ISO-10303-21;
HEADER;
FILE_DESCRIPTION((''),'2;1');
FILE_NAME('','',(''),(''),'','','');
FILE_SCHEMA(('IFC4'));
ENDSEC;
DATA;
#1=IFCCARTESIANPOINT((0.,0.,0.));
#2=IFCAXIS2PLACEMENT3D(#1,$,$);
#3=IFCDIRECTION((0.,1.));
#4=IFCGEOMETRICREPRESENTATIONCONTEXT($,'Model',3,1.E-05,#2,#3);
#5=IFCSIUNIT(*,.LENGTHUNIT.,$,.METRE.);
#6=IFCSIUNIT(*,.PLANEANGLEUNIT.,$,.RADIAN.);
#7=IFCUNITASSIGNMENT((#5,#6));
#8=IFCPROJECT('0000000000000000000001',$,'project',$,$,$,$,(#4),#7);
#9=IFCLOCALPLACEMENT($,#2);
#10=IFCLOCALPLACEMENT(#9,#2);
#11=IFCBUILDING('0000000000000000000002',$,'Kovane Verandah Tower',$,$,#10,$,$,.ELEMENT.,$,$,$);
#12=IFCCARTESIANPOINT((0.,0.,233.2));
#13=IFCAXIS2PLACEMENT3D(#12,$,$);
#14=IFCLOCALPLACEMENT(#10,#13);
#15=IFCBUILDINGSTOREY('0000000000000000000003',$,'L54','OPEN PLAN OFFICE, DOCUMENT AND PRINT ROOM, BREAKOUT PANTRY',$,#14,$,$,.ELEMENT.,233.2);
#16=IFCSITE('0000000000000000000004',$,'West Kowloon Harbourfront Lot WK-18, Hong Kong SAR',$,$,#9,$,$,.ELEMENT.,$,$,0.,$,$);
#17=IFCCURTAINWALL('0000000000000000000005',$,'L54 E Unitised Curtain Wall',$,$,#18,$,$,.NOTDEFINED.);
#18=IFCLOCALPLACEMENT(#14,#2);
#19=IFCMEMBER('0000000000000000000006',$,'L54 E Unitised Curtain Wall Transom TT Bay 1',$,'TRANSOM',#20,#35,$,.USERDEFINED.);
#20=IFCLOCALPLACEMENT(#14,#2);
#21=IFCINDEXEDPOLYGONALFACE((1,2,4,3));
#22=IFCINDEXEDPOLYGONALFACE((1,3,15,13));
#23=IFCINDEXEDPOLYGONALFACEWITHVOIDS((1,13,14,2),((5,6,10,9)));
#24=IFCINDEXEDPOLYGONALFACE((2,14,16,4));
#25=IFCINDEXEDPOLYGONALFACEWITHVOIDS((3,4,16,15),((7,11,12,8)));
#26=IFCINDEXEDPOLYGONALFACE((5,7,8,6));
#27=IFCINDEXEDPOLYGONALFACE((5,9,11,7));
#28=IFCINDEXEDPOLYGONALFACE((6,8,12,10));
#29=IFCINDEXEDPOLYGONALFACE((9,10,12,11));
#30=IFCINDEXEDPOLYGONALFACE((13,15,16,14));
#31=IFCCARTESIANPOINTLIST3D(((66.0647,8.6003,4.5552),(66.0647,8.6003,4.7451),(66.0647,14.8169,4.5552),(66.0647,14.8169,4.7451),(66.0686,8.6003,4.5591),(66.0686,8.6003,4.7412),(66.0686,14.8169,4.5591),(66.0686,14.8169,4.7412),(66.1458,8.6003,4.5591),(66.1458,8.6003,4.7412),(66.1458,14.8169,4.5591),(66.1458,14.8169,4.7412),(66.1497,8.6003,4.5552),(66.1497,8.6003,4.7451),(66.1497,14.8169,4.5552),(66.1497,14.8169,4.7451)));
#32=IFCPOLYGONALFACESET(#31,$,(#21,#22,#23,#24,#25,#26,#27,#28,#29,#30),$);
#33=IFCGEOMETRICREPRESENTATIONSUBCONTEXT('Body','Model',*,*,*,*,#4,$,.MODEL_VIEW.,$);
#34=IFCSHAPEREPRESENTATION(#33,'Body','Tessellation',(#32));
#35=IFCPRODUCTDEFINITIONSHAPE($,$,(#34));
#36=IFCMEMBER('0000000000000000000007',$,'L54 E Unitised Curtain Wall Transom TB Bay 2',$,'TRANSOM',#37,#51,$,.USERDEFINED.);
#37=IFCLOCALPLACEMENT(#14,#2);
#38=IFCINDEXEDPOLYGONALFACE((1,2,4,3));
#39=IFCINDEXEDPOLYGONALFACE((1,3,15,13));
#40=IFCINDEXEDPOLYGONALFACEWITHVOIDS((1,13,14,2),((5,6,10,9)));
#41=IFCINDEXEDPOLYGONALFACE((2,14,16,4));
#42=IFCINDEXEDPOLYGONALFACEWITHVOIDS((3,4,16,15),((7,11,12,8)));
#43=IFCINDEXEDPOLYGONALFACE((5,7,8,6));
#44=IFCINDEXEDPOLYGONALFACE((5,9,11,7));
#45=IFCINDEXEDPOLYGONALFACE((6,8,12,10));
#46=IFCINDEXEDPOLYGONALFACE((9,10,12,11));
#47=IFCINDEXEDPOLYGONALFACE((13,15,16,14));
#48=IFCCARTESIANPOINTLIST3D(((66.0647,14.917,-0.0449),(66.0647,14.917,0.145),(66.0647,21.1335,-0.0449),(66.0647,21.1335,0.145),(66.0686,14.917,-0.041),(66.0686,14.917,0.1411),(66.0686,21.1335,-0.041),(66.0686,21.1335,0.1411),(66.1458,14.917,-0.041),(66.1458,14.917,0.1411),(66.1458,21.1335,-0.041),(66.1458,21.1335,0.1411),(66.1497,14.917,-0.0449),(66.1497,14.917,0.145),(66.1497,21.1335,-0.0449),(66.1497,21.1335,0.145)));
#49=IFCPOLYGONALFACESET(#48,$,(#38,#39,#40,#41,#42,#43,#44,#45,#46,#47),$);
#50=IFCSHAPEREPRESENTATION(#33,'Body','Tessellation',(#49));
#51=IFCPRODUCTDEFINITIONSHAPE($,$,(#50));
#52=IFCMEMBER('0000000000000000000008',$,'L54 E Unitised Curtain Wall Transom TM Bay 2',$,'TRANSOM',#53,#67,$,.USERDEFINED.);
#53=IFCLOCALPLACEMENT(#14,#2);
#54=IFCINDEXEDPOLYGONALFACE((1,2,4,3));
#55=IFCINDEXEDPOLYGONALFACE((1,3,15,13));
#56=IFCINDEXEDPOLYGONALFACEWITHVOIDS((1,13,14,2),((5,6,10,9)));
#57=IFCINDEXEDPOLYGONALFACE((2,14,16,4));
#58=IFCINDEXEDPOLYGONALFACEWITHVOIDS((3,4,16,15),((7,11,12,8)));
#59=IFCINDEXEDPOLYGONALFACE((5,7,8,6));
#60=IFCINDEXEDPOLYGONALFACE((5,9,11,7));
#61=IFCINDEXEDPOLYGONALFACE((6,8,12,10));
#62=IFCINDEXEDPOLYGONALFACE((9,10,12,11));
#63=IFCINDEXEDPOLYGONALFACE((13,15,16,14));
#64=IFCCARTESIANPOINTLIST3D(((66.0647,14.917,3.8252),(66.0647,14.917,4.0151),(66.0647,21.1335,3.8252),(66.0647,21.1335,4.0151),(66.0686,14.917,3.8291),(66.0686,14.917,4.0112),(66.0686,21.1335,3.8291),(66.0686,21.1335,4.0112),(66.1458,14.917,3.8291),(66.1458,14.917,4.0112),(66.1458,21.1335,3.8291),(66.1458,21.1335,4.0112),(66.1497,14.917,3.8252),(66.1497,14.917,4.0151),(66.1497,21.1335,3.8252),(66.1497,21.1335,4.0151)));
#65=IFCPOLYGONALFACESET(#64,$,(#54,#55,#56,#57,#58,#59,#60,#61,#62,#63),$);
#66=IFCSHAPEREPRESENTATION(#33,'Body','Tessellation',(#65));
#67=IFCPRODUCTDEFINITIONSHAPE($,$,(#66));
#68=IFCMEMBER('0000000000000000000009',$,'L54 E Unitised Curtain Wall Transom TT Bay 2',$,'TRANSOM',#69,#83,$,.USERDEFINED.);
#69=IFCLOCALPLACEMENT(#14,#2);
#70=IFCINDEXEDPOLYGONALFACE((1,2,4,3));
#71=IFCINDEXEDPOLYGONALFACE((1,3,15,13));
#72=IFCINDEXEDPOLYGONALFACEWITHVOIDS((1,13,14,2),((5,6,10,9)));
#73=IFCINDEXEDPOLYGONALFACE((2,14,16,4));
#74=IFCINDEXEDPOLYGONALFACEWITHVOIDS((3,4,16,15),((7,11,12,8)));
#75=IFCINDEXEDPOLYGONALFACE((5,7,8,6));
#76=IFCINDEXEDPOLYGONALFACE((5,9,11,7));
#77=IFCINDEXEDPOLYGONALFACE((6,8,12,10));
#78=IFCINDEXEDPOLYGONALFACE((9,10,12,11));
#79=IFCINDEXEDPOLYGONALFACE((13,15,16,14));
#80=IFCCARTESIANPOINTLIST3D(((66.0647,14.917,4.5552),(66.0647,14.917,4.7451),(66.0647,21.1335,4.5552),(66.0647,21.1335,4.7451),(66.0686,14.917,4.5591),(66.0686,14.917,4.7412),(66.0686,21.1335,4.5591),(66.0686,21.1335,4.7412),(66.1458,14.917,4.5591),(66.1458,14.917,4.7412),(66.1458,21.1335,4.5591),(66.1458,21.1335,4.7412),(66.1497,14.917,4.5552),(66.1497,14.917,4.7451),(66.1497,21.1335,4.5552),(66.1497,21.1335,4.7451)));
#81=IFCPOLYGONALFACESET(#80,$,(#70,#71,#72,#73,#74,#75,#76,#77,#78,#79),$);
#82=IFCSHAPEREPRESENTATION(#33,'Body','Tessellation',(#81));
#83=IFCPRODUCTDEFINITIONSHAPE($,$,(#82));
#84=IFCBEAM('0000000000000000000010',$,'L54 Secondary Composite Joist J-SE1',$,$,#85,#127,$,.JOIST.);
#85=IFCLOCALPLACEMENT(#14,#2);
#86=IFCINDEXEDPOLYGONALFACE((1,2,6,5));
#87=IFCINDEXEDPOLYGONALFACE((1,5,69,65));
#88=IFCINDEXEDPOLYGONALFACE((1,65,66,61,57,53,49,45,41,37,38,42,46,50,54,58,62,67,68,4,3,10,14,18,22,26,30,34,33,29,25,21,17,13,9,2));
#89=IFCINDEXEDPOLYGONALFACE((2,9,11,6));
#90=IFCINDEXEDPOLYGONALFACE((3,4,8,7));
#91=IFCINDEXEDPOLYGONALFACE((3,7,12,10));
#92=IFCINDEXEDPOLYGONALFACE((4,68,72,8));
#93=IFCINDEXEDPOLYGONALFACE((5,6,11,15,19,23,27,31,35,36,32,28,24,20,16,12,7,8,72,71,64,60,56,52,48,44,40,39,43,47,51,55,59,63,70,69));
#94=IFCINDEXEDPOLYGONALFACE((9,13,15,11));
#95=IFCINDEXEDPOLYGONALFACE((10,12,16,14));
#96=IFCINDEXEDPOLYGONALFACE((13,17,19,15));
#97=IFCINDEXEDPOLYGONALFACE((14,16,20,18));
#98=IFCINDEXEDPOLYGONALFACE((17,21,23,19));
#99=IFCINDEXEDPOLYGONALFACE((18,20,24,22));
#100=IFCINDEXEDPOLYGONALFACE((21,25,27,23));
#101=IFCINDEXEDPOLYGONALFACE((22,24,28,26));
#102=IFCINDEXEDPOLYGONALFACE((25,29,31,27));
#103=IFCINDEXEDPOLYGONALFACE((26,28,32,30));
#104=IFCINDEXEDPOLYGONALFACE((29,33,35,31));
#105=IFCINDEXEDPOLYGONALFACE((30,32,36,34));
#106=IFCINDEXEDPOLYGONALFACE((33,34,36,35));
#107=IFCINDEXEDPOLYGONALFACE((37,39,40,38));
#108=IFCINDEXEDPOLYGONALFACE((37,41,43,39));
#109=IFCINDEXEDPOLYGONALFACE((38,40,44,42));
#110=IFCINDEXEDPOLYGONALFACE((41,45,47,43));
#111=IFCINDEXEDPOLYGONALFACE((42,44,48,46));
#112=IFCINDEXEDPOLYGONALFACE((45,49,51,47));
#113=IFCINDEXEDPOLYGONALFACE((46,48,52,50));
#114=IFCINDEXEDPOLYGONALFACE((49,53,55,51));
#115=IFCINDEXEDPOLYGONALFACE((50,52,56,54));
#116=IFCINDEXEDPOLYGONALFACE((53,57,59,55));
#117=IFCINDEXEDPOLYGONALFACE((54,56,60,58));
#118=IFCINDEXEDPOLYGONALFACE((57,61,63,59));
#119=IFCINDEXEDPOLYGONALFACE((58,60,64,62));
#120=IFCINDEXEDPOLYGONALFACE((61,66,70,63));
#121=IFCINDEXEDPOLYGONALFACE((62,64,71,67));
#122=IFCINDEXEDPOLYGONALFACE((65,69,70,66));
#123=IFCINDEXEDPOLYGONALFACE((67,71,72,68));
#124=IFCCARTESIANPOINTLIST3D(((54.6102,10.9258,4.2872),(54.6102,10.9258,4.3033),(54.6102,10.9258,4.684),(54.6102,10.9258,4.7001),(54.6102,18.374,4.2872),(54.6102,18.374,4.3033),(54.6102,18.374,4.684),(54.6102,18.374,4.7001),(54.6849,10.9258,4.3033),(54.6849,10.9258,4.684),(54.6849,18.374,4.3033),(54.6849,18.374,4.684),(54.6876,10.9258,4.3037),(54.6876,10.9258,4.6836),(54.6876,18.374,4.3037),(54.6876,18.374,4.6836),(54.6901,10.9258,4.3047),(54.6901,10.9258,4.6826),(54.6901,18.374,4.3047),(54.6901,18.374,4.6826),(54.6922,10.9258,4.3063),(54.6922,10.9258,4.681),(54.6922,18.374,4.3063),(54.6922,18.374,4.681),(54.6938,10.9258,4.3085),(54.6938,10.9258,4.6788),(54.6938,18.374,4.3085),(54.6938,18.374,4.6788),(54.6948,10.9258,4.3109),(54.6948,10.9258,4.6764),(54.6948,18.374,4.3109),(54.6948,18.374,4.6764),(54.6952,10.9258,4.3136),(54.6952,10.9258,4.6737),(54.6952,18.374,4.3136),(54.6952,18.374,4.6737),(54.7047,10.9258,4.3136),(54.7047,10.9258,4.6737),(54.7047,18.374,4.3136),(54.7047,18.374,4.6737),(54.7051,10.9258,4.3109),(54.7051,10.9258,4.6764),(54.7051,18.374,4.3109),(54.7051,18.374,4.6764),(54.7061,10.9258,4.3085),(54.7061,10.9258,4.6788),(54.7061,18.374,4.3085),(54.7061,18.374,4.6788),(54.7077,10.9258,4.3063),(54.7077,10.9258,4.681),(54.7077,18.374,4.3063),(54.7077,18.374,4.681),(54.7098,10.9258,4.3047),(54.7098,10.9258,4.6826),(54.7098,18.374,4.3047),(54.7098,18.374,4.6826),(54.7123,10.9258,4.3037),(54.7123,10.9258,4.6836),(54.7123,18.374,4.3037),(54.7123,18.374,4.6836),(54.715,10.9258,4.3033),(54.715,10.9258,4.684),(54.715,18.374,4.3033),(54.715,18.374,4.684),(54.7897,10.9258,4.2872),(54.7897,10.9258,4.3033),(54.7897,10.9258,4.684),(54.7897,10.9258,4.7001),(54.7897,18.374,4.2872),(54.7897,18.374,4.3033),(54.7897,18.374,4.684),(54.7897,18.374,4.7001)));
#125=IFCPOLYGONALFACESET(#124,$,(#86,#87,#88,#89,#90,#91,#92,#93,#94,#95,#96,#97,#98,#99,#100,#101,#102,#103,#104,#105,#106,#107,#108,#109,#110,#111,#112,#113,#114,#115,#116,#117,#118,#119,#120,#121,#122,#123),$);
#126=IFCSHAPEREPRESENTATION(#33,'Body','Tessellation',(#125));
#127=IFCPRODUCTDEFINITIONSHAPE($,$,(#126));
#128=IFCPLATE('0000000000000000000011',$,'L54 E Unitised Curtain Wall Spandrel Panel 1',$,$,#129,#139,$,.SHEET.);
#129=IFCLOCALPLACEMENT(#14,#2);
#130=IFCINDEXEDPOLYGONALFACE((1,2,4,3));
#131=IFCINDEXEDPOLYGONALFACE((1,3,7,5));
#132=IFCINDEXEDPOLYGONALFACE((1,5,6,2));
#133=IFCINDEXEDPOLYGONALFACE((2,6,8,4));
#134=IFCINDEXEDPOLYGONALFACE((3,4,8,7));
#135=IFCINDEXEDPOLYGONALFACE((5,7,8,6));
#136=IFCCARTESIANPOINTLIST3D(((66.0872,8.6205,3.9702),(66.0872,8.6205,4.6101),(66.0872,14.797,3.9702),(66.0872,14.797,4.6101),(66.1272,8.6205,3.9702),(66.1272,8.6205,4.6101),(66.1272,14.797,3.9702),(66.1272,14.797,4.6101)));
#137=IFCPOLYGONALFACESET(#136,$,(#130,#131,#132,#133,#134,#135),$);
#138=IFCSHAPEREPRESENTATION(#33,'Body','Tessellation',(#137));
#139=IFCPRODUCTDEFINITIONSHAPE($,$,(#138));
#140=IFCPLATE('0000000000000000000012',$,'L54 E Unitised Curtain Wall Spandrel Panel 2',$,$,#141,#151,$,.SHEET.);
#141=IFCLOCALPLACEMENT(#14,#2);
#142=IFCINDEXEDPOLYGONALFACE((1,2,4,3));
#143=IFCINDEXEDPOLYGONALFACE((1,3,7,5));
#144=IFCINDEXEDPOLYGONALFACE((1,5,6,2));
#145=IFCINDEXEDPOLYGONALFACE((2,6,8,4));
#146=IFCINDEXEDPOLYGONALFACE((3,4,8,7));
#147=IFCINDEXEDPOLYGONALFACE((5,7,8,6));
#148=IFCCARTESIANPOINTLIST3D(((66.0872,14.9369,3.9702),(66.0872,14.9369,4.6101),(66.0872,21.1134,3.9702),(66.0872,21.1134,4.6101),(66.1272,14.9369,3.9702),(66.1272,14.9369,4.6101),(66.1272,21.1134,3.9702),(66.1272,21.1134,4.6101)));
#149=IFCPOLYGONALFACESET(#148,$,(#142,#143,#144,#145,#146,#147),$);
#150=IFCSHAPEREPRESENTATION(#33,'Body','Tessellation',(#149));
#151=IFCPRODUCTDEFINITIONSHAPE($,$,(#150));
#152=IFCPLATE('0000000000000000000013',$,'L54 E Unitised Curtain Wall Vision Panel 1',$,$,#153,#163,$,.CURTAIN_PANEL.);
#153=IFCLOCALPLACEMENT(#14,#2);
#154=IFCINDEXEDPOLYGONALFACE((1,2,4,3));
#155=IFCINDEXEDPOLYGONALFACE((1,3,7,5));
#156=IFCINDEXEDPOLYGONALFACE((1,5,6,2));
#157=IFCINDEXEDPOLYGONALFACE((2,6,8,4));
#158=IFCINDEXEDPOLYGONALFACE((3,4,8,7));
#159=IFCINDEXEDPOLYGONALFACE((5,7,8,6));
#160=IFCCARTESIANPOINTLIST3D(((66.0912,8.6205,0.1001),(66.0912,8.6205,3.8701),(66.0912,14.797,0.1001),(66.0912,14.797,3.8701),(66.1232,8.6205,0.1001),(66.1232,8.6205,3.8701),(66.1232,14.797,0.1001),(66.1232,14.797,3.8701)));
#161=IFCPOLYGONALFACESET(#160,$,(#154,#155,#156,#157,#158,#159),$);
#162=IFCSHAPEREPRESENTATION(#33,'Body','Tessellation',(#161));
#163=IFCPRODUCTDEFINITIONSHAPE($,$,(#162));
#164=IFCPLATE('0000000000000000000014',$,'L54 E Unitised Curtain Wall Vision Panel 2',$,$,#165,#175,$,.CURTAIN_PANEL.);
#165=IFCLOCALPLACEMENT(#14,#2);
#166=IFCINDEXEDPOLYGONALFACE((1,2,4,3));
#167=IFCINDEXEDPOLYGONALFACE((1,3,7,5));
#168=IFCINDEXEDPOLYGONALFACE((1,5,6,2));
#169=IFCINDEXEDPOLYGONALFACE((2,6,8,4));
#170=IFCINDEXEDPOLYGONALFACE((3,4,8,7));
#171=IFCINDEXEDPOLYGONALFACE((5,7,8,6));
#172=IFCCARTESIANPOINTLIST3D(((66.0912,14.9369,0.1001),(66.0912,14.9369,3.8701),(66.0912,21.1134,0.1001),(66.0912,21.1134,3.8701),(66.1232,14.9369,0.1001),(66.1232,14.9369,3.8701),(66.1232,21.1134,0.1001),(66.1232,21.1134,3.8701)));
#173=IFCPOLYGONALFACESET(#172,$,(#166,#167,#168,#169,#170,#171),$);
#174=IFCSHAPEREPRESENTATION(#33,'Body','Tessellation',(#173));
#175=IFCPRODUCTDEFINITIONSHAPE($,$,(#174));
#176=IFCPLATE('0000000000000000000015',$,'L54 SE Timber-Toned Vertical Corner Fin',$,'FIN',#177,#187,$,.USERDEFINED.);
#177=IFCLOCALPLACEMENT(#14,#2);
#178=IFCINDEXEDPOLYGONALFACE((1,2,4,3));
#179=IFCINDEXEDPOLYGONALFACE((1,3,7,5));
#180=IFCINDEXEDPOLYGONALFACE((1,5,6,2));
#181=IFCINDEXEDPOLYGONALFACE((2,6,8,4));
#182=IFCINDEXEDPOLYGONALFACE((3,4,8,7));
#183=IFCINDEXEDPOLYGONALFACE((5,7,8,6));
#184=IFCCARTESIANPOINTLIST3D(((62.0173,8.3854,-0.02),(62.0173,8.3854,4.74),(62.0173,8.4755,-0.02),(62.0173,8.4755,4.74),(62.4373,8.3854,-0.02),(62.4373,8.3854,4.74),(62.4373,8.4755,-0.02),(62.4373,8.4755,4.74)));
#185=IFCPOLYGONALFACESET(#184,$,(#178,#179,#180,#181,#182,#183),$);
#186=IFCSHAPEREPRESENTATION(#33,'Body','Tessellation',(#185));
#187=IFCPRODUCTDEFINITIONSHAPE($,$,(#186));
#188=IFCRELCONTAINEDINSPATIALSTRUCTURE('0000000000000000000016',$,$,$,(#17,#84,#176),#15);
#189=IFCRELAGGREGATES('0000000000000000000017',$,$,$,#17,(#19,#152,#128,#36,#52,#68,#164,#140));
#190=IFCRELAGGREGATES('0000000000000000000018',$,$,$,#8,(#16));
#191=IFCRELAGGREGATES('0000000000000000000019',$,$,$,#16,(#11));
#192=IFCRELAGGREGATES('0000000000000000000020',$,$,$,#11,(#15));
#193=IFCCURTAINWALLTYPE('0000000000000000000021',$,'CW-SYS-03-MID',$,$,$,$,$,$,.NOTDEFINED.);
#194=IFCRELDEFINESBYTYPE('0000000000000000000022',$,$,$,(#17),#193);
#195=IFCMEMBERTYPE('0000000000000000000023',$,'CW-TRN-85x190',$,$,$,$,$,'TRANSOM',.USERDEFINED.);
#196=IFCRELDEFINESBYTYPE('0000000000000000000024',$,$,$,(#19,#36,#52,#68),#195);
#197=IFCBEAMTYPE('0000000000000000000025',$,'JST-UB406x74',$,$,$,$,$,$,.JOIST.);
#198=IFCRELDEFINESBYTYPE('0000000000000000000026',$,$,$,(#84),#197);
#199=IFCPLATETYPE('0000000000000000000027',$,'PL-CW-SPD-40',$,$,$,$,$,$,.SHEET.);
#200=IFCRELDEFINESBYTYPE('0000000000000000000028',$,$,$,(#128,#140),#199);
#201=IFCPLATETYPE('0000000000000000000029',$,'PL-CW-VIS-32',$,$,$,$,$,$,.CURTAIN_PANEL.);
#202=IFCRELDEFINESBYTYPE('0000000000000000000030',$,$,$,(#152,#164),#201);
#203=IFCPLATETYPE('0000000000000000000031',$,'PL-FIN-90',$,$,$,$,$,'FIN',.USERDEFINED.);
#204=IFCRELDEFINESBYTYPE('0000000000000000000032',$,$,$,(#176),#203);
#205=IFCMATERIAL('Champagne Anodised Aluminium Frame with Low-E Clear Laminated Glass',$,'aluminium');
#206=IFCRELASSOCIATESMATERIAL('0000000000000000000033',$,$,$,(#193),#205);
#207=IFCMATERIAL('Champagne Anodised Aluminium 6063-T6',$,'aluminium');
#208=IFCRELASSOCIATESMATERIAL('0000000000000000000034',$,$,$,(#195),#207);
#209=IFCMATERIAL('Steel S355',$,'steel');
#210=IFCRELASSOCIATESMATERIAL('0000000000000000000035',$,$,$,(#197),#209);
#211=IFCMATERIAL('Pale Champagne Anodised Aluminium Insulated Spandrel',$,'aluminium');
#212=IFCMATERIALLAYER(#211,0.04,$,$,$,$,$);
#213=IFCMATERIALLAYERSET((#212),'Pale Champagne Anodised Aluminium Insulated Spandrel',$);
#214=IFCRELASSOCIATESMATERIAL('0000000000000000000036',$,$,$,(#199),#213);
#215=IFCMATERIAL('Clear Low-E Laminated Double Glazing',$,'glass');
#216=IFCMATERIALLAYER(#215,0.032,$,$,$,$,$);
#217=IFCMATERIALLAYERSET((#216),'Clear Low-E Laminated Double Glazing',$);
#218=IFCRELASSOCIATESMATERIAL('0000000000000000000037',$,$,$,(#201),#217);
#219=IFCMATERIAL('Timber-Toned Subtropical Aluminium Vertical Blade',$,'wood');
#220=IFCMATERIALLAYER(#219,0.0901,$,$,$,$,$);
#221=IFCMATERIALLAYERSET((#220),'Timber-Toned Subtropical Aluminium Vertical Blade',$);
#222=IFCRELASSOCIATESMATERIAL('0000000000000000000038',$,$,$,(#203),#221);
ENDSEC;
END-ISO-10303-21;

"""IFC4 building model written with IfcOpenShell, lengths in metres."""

from ifc_helpers import new_model, si_unit, direction, frame, origin, origin_2d, place, context, subcontext, project, spatial, rectangle, hollow_rectangle, i_section, extrude, material, layer, layer_set, material_profile, profile_set, type_object, element, aggregate, save


model = new_model("IFC4")

# Units and contexts
model_context = context("Model", 3, precision=1e-05, world=origin(), true_north=direction((0.0, 1.0)))
body_context = subcontext(model_context, "Body", "Model", "MODEL_VIEW")
ifc_project = project(units=[si_unit("LENGTHUNIT", "METRE"), si_unit("PLANEANGLEUNIT", "RADIAN")], contexts=[model_context])

# Site, building, storey
site_placement = place(None, origin())
site = spatial("IfcSite", under=ifc_project, at=site_placement, Name="West Kowloon Harbourfront Lot WK-18, Hong Kong SAR", CompositionType="ELEMENT", RefElevation=0.0)
building_placement = place(site_placement, origin())
building = spatial("IfcBuilding", under=site, at=building_placement, Name="Kovane Verandah Tower", CompositionType="ELEMENT")
storey_placement = place(building_placement, frame((0.0, 0.0, 233.2)))
storey = spatial("IfcBuildingStorey", under=building, at=storey_placement, Name="L54", Description="OPEN PLAN OFFICE, DOCUMENT AND PRINT ROOM, BREAKOUT PANTRY", CompositionType="ELEMENT", Elevation=233.2)

# Shared definitions
ifc_material_1 = material(Name="Steel S355", Category="steel")

# Curtain wall, members
ifc_material_2 = material(Name="Champagne Anodised Aluminium Frame with Low-E Clear Laminated Glass", Category="aluminium")
curtain_wall_type = type_object("IfcCurtainWallType", Name="CW-SYS-03-MID", PredefinedType="NOTDEFINED", material=ifc_material_2)
curtain_wall_placement = place(storey_placement, origin())
curtain_wall = element("IfcCurtainWall", 1, at=curtain_wall_placement, inside=storey, type_object=curtain_wall_type, Name="L54 E Unitised Curtain Wall", PredefinedType="NOTDEFINED")
ifc_material_3 = material(Name="Champagne Anodised Aluminium 6063-T6", Category="aluminium")
ifc_material_profile_1 = material_profile(ifc_material_3, hollow_rectangle(XDim=0.085, YDim=0.1899, WallThickness=0.0039, at=origin_2d()), Name="AL85x190x4")
ifc_profile_set_1 = profile_set([ifc_material_profile_1], Name="Champagne Anodised Aluminium 6063-T6")
member_type_1 = type_object("IfcMemberType", Name="CW-TRN-85x190", ElementType="TRANSOM", PredefinedType="USERDEFINED", material=ifc_profile_set_1)
member_1_placement = place(storey_placement, frame((66.1072, 8.6003, 4.6501), z_axis=(0.0, 1.0, 0.0), x_axis=(-1.0, 0.0, 0.0)))
member_1 = element("IfcMember", 2, at=member_1_placement, type_object=member_type_1, Name="L54 E Unitised Curtain Wall Transom TT Bay 1", ObjectType="TRANSOM", PredefinedType="USERDEFINED", context=body_context, shape_type="SweptSolid", body=[
    extrude(hollow_rectangle(XDim=0.085, YDim=0.1899, WallThickness=0.0039, at=origin_2d()), origin(), (0.0, 0.0, 1.0), 6.2166),
])
member_2_placement = place(storey_placement, frame((66.1072, 14.917, 0.05), z_axis=(0.0, 1.0, 0.0), x_axis=(-1.0, 0.0, 0.0)))
member_2 = element("IfcMember", 3, at=member_2_placement, type_object=member_type_1, Name="L54 E Unitised Curtain Wall Transom TB Bay 2", ObjectType="TRANSOM", PredefinedType="USERDEFINED", context=body_context, shape_type="SweptSolid", body=[
    extrude(hollow_rectangle(XDim=0.085, YDim=0.1899, WallThickness=0.0039, at=origin_2d()), origin(), (0.0, 0.0, 1.0), 6.2166),
])
member_3_placement = place(storey_placement, frame((66.1072, 14.917, 3.9202), z_axis=(0.0, 1.0, 0.0), x_axis=(-1.0, 0.0, 0.0)))
member_3 = element("IfcMember", 4, at=member_3_placement, type_object=member_type_1, Name="L54 E Unitised Curtain Wall Transom TM Bay 2", ObjectType="TRANSOM", PredefinedType="USERDEFINED", context=body_context, shape_type="SweptSolid", body=[
    extrude(hollow_rectangle(XDim=0.085, YDim=0.1899, WallThickness=0.0039, at=origin_2d()), origin(), (0.0, 0.0, 1.0), 6.2166),
])
member_4_placement = place(storey_placement, frame((66.1072, 14.917, 4.6501), z_axis=(0.0, 1.0, 0.0), x_axis=(-1.0, 0.0, 0.0)))
member_4 = element("IfcMember", 5, at=member_4_placement, type_object=member_type_1, Name="L54 E Unitised Curtain Wall Transom TT Bay 2", ObjectType="TRANSOM", PredefinedType="USERDEFINED", context=body_context, shape_type="SweptSolid", body=[
    extrude(hollow_rectangle(XDim=0.085, YDim=0.1899, WallThickness=0.0039, at=origin_2d()), origin(), (0.0, 0.0, 1.0), 6.2166),
])

# Beam
ifc_material_profile_2 = material_profile(ifc_material_1, i_section(OverallWidth=0.1794, OverallDepth=0.4128, WebThickness=0.0095, FlangeThickness=0.0161, FilletRadius=0.0103, at=origin_2d()), Name="UB406x178x74")
ifc_profile_set_2 = profile_set([ifc_material_profile_2], Name="Steel S355")
beam_type_1 = type_object("IfcBeamType", Name="JST-UB406x74", PredefinedType="JOIST", material=ifc_profile_set_2)
beam_1_placement = place(storey_placement, frame((54.7, 10.9258, 4.4937), z_axis=(0.0, 1.0, 0.0), x_axis=(-1.0, 0.0, 0.0)))
element("IfcBeam", 6, at=beam_1_placement, inside=storey, type_object=beam_type_1, Name="L54 Secondary Composite Joist J-SE1", PredefinedType="JOIST", context=body_context, shape_type="SweptSolid", body=[
    extrude(i_section(OverallWidth=0.1794, OverallDepth=0.4128, WebThickness=0.0095, FlangeThickness=0.0161, FilletRadius=0.0103, at=origin_2d()), origin(), (0.0, 0.0, 1.0), 7.4482),
])

# Plates
ifc_material_4 = material(Name="Pale Champagne Anodised Aluminium Insulated Spandrel", Category="aluminium")
ifc_layer_1 = layer(ifc_material_4, 0.04)
ifc_layer_set_1 = layer_set([ifc_layer_1], Name="Pale Champagne Anodised Aluminium Insulated Spandrel")
plate_type_1 = type_object("IfcPlateType", Name="PL-CW-SPD-40", PredefinedType="SHEET", material=ifc_layer_set_1)
plate_1_placement = place(storey_placement, frame((66.1072, 11.7087, 3.9702), z_axis=(0.0, 0.0, 1.0), x_axis=(0.0, 1.0, 0.0)))
plate_1 = element("IfcPlate", 7, at=plate_1_placement, type_object=plate_type_1, Name="L54 E Unitised Curtain Wall Spandrel Panel 1", PredefinedType="SHEET", context=body_context, shape_type="SweptSolid", body=[
    extrude(rectangle(XDim=6.1765, YDim=0.04, at=origin_2d()), origin(), (0.0, 0.0, 1.0), 0.6399),
])
plate_2_placement = place(storey_placement, frame((66.1072, 18.0251, 3.9702), z_axis=(0.0, 0.0, 1.0), x_axis=(0.0, 1.0, 0.0)))
plate_2 = element("IfcPlate", 8, at=plate_2_placement, type_object=plate_type_1, Name="L54 E Unitised Curtain Wall Spandrel Panel 2", PredefinedType="SHEET", context=body_context, shape_type="SweptSolid", body=[
    extrude(rectangle(XDim=6.1765, YDim=0.04, at=origin_2d()), origin(), (0.0, 0.0, 1.0), 0.6399),
])
ifc_material_5 = material(Name="Clear Low-E Laminated Double Glazing", Category="glass")
ifc_layer_2 = layer(ifc_material_5, 0.032)
ifc_layer_set_2 = layer_set([ifc_layer_2], Name="Clear Low-E Laminated Double Glazing")
plate_type_2 = type_object("IfcPlateType", Name="PL-CW-VIS-32", PredefinedType="CURTAIN_PANEL", material=ifc_layer_set_2)
plate_3_placement = place(storey_placement, frame((66.1072, 11.7087, 0.1001), z_axis=(0.0, 0.0, 1.0), x_axis=(0.0, 1.0, 0.0)))
plate_3 = element("IfcPlate", 9, at=plate_3_placement, type_object=plate_type_2, Name="L54 E Unitised Curtain Wall Vision Panel 1", PredefinedType="CURTAIN_PANEL", context=body_context, shape_type="SweptSolid", body=[
    extrude(rectangle(XDim=6.1765, YDim=0.032, at=origin_2d()), origin(), (0.0, 0.0, 1.0), 3.77),
])
plate_4_placement = place(storey_placement, frame((66.1072, 18.0251, 0.1001), z_axis=(0.0, 0.0, 1.0), x_axis=(0.0, 1.0, 0.0)))
plate_4 = element("IfcPlate", 10, at=plate_4_placement, type_object=plate_type_2, Name="L54 E Unitised Curtain Wall Vision Panel 2", PredefinedType="CURTAIN_PANEL", context=body_context, shape_type="SweptSolid", body=[
    extrude(rectangle(XDim=6.1765, YDim=0.032, at=origin_2d()), origin(), (0.0, 0.0, 1.0), 3.77),
])
aggregate(curtain_wall, [member_1, plate_3, plate_1, member_2, member_3, member_4, plate_4, plate_2])
ifc_material_6 = material(Name="Timber-Toned Subtropical Aluminium Vertical Blade", Category="wood")
ifc_layer_3 = layer(ifc_material_6, 0.0901)
ifc_layer_set_3 = layer_set([ifc_layer_3], Name="Timber-Toned Subtropical Aluminium Vertical Blade")
plate_type_3 = type_object("IfcPlateType", Name="PL-FIN-90", ElementType="FIN", PredefinedType="USERDEFINED", material=ifc_layer_set_3)
plate_5_placement = place(storey_placement, frame((62.2273, 8.4304, -0.02), z_axis=(0.0, 0.0, 1.0), x_axis=(1.0, 0.0, 0.0)))
element("IfcPlate", 11, at=plate_5_placement, inside=storey, type_object=plate_type_3, Name="L54 SE Timber-Toned Vertical Corner Fin", ObjectType="FIN", PredefinedType="USERDEFINED", context=body_context, shape_type="SweptSolid", body=[
    extrude(rectangle(XDim=0.4199, YDim=0.0901, at=origin_2d()), origin(), (0.0, 0.0, 1.0), 4.76),
])

save(model, "model.ifc")
